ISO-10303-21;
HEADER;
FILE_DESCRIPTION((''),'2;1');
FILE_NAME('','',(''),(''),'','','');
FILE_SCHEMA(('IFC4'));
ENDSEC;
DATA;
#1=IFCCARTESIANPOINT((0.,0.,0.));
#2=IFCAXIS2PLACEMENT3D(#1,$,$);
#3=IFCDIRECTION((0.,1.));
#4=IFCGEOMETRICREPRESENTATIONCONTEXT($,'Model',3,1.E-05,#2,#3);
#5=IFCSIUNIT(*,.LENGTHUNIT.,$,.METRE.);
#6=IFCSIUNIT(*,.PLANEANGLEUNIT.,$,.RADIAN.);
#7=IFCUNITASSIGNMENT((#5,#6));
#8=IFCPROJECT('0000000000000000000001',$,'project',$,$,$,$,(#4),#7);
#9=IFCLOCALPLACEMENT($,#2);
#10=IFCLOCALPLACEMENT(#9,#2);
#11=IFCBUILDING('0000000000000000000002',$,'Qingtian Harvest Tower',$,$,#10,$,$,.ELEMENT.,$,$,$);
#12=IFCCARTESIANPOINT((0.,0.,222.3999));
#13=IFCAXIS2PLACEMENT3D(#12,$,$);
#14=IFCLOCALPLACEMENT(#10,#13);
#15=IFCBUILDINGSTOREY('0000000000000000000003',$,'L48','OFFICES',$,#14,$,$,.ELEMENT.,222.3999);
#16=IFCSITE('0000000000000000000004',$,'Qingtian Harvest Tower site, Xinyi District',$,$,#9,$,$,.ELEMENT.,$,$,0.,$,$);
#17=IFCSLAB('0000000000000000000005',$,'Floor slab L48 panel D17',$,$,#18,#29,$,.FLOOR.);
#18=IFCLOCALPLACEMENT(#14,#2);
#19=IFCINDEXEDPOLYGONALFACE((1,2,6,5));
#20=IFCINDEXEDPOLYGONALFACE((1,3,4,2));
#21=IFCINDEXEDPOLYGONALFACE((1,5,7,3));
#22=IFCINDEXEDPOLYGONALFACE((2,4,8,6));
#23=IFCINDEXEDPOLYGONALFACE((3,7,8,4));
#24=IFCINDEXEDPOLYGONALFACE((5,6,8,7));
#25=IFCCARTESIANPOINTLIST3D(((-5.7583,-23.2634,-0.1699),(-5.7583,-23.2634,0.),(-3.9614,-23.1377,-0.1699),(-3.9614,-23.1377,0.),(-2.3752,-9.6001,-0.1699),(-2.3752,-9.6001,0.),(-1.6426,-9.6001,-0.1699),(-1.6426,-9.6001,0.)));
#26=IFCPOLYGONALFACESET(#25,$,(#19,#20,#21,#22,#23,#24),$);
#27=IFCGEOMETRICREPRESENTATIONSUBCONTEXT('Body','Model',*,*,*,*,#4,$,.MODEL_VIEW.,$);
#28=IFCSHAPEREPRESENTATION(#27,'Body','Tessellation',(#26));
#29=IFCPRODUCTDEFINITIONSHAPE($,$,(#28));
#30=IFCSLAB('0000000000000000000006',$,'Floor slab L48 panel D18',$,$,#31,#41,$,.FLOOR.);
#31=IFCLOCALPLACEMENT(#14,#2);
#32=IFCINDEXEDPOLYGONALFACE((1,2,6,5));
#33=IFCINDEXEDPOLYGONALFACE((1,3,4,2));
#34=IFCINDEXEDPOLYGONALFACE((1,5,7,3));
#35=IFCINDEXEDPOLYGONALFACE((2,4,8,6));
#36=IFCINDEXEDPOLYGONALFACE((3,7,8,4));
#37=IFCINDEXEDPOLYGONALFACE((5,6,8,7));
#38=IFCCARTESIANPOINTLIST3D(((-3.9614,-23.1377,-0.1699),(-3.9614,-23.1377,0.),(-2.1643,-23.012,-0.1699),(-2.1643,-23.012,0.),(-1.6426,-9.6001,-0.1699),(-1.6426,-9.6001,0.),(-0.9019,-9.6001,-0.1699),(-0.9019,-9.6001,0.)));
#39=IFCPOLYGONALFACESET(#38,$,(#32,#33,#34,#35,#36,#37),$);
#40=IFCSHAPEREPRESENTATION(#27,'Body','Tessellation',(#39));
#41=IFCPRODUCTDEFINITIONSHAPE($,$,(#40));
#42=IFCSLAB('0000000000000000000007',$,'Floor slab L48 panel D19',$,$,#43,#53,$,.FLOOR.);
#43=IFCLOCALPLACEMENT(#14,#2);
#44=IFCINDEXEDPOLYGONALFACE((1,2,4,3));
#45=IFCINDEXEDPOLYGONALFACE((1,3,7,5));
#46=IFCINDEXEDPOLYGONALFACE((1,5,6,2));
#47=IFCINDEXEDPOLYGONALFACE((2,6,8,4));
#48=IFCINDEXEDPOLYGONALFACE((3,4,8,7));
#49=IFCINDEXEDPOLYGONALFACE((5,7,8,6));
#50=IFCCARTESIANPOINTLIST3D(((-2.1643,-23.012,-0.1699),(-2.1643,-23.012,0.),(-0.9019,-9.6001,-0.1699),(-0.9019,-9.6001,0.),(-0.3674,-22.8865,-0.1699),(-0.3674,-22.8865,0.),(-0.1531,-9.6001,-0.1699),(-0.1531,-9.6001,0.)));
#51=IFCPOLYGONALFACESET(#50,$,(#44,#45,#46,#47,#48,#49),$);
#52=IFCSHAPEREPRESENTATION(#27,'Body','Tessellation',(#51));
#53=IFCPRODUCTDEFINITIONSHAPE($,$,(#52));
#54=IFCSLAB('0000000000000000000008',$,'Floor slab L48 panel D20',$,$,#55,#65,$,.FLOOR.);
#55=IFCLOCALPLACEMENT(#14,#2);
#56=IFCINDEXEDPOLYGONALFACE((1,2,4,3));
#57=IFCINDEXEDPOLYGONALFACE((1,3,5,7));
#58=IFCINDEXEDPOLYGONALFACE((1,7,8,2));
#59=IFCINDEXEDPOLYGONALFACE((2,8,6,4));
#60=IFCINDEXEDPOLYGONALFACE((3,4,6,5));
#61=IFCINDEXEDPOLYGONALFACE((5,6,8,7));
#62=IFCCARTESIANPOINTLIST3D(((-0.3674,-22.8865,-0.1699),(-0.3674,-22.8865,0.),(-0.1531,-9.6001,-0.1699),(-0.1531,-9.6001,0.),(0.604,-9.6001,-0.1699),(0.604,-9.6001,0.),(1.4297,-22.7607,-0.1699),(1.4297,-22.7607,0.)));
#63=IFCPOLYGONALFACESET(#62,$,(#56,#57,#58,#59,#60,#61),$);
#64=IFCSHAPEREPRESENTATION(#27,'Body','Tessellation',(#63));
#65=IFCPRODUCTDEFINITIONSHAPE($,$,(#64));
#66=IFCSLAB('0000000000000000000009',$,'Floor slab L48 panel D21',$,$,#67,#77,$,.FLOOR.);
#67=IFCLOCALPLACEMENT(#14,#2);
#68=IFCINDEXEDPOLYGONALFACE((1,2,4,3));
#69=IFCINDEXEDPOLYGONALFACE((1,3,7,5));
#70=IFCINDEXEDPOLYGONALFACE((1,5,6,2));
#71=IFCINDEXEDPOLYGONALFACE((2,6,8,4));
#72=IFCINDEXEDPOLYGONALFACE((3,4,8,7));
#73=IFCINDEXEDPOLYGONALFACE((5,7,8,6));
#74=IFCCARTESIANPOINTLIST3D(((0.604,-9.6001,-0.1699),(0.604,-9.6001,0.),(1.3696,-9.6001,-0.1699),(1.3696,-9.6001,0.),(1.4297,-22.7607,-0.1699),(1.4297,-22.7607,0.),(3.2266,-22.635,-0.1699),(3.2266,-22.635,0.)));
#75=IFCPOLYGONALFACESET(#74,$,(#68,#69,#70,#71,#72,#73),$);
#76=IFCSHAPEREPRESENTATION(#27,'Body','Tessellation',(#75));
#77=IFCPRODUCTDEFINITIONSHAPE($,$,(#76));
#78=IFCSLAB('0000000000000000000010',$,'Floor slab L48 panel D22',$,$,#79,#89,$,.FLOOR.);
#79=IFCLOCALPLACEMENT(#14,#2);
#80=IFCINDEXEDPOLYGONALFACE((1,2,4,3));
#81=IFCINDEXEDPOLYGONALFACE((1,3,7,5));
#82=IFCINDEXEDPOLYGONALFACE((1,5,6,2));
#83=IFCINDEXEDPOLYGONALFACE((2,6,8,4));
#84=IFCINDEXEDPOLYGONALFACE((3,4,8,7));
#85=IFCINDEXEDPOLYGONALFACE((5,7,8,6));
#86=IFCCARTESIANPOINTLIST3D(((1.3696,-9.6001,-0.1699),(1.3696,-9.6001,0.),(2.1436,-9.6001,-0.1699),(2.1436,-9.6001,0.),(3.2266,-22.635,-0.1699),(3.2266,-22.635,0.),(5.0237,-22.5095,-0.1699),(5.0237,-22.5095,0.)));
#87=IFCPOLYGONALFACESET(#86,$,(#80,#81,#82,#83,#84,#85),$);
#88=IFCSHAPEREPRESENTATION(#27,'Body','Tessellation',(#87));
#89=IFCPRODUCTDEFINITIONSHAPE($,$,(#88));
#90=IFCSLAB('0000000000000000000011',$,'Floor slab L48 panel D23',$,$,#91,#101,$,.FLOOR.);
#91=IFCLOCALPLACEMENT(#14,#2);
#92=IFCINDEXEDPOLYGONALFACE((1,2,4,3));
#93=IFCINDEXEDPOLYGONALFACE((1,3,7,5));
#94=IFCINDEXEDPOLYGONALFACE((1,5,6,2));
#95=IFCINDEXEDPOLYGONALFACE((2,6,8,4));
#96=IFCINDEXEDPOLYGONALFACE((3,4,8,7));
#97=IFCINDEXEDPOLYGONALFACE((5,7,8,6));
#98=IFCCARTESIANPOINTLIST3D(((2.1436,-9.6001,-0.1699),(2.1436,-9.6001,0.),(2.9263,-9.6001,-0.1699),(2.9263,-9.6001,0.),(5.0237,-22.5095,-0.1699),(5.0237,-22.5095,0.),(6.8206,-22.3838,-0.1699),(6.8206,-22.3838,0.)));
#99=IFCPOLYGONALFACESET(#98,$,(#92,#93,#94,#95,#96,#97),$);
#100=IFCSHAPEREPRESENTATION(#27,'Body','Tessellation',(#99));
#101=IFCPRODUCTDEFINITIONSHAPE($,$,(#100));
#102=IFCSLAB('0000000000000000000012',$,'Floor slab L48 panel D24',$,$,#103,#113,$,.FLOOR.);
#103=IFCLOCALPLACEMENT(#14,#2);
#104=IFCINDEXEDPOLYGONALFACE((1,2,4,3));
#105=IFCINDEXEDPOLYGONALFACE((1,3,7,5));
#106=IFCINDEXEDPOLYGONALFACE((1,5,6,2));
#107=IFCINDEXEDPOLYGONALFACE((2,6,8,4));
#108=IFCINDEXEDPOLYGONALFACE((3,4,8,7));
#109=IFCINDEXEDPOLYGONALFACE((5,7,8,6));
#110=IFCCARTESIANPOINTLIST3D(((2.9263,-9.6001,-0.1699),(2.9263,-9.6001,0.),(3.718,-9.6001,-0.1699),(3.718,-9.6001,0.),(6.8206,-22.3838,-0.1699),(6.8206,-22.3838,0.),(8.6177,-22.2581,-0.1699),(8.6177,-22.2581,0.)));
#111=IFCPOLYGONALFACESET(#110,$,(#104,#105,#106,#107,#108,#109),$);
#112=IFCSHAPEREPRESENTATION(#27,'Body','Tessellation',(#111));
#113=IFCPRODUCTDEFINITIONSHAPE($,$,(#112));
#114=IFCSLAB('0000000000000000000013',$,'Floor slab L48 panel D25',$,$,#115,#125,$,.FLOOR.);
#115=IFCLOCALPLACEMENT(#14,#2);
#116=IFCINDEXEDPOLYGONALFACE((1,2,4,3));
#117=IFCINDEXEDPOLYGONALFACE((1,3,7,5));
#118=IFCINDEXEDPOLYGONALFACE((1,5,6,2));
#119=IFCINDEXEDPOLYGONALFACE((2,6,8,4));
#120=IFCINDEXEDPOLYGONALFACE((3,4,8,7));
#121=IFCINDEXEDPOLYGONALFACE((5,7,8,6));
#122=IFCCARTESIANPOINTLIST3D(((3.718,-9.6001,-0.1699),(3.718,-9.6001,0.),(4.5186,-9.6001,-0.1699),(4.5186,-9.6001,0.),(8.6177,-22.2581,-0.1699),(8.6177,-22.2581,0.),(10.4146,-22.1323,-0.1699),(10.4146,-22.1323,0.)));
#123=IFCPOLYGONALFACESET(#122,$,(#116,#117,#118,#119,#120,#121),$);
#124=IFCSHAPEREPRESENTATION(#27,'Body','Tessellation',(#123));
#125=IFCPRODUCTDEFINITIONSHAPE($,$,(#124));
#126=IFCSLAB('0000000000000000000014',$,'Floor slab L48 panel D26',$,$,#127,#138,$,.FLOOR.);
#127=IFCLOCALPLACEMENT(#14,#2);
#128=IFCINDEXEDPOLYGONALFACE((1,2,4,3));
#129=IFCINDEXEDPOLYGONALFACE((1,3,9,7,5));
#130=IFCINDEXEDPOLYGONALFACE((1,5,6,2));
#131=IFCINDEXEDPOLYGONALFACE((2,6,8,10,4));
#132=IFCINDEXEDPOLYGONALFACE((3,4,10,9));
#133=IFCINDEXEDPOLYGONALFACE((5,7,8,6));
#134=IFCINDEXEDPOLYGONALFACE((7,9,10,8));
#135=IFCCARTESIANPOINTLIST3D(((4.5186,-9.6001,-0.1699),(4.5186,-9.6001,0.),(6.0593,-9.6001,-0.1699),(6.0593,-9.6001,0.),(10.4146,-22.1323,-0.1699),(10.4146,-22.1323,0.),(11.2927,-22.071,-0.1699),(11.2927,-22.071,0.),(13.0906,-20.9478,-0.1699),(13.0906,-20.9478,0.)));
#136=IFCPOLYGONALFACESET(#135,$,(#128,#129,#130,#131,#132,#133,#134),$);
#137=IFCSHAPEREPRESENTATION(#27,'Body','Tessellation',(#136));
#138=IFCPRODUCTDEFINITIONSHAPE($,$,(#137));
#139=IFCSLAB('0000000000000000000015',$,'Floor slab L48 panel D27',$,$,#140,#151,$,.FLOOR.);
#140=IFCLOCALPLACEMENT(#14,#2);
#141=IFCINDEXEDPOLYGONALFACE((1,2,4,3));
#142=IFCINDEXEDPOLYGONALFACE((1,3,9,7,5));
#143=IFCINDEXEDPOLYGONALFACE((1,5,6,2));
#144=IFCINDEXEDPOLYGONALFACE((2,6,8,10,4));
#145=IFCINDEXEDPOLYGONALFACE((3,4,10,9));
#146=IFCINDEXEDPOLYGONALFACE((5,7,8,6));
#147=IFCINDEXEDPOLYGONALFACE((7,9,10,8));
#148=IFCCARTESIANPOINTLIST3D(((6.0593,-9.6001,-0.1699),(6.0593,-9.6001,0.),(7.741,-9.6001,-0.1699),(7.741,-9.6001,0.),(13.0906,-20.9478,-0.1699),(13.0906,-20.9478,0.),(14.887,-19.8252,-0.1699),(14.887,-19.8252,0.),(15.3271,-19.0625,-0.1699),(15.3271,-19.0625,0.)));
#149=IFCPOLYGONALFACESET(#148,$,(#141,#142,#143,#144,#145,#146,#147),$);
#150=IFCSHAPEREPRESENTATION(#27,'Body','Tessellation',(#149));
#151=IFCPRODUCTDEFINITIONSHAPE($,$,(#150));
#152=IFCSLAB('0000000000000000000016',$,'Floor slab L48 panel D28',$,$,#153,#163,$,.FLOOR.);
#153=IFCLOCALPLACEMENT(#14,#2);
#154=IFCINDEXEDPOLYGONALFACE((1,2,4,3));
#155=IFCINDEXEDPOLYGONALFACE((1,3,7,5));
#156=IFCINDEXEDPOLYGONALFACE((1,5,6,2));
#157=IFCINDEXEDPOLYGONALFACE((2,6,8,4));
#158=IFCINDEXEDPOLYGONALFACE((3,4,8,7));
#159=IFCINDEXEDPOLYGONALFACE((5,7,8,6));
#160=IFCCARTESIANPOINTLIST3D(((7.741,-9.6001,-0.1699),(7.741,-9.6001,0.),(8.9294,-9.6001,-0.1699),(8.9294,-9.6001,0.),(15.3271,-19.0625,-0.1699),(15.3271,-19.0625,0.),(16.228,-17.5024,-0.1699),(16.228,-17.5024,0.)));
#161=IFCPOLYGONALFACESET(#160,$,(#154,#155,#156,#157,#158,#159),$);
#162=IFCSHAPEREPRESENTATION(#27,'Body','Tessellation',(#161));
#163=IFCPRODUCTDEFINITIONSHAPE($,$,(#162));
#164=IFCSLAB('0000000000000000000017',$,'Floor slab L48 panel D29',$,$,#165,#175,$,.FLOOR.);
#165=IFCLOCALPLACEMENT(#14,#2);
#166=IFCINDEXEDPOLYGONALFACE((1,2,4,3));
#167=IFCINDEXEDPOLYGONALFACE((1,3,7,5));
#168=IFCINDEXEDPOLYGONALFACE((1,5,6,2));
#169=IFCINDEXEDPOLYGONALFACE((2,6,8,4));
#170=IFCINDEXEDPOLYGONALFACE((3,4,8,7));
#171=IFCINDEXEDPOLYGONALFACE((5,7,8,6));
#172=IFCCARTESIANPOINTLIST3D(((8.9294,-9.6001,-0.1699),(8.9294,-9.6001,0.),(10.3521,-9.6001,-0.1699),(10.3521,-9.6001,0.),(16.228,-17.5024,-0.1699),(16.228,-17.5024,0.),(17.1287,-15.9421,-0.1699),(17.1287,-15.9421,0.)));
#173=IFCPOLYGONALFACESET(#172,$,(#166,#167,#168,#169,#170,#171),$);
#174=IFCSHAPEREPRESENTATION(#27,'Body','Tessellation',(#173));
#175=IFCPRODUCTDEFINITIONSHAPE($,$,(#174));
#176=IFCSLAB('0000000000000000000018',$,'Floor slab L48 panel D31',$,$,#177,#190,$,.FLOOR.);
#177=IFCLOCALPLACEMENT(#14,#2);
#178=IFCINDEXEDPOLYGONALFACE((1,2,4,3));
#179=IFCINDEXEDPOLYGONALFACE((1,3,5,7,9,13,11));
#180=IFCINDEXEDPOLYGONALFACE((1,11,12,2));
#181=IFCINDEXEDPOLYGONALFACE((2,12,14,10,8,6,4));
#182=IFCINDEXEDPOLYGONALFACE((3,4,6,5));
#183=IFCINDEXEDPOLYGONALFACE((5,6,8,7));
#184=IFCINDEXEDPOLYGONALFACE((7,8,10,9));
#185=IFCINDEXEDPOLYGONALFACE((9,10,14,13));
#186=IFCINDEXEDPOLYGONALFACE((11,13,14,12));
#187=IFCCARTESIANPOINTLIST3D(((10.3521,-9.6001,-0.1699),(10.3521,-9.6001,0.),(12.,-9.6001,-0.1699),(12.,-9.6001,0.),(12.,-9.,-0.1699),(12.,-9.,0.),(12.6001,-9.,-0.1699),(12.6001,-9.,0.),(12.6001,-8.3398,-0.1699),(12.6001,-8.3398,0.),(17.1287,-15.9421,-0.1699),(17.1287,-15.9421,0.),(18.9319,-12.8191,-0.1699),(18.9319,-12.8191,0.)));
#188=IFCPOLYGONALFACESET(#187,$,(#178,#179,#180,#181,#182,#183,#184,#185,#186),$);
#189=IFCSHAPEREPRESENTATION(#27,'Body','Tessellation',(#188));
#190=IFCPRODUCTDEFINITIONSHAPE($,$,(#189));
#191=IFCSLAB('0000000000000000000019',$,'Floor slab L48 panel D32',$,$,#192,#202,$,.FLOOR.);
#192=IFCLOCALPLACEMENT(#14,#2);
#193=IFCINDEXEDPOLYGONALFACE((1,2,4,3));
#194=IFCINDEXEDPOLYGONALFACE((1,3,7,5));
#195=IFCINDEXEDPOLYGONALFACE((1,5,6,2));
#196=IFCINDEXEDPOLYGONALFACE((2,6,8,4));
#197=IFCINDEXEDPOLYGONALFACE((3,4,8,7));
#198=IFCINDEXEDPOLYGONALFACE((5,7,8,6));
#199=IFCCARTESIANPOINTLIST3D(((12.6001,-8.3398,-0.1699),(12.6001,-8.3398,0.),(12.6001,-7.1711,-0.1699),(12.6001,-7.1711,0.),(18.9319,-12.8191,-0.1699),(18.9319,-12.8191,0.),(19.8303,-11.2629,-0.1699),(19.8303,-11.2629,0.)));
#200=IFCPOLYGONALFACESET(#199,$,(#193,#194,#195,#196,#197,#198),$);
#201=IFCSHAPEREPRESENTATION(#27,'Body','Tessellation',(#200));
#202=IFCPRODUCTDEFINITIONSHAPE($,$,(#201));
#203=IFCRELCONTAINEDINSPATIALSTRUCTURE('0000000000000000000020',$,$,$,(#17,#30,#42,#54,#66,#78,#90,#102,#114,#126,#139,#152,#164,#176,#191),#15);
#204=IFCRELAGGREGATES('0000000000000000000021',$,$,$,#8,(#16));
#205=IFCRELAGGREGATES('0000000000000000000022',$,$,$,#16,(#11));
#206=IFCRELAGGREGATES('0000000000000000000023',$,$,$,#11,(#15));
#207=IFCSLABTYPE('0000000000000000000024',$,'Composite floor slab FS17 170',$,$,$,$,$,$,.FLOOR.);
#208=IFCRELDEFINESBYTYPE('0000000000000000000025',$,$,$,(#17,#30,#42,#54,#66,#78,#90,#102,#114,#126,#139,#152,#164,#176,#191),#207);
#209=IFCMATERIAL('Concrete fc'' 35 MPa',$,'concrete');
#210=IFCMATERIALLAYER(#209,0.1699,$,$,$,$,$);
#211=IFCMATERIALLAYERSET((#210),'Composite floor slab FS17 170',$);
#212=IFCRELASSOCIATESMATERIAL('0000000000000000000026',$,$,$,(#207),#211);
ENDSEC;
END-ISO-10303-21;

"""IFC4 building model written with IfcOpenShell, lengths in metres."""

from ifc_helpers import new_model, si_unit, direction, frame, origin, place, context, subcontext, project, spatial, polyline, outline, extrude, material, layer, layer_set, type_object, element, save


model = new_model("IFC4")

# Units and contexts
model_context = context("Model", 3, precision=1e-05, world=origin(), true_north=direction((0.0, 1.0)))
body_context = subcontext(model_context, "Body", "Model", "MODEL_VIEW")
ifc_project = project(units=[si_unit("LENGTHUNIT", "METRE"), si_unit("PLANEANGLEUNIT", "RADIAN")], contexts=[model_context])

# Site, building, storey
site_placement = place(None, origin())
site = spatial("IfcSite", under=ifc_project, at=site_placement, Name="Qingtian Harvest Tower site, Xinyi District", CompositionType="ELEMENT", RefElevation=0.0)
building_placement = place(site_placement, origin())
building = spatial("IfcBuilding", under=site, at=building_placement, Name="Qingtian Harvest Tower", CompositionType="ELEMENT")
storey_placement = place(building_placement, frame((0.0, 0.0, 222.3999)))
storey = spatial("IfcBuildingStorey", under=building, at=storey_placement, Name="L48", Description="OFFICES", CompositionType="ELEMENT", Elevation=222.3999)

# Slabs
ifc_material_1 = material(Name="Concrete fc' 35 MPa", Category="concrete")
ifc_layer_1 = layer(ifc_material_1, 0.1699)
ifc_layer_set_1 = layer_set([ifc_layer_1], Name="Composite floor slab FS17 170")
slab_type = type_object("IfcSlabType", Name="Composite floor slab FS17 170", PredefinedType="FLOOR", material=ifc_layer_set_1)
slab_1_placement = place(storey_placement, frame((0.0, 0.0, -0.1699)))
element("IfcSlab", 1, at=slab_1_placement, inside=storey, type_object=slab_type, Name="Floor slab L48 panel D17", PredefinedType="FLOOR", context=body_context, shape_type="SweptSolid", body=[
    extrude(outline(polyline([(-1.6426, -9.6001), (-3.9614, -23.1377), (-5.7583, -23.2634), (-2.3752, -9.6001), (-1.6426, -9.6001)])), origin(), (0.0, 0.0, 1.0), 0.1699),
])
slab_2_placement = place(storey_placement, frame((0.0, 0.0, -0.1699)))
element("IfcSlab", 2, at=slab_2_placement, inside=storey, type_object=slab_type, Name="Floor slab L48 panel D18", PredefinedType="FLOOR", context=body_context, shape_type="SweptSolid", body=[
    extrude(outline(polyline([(-0.9019, -9.6001), (-2.1643, -23.012), (-3.9614, -23.1377), (-1.6426, -9.6001), (-0.9019, -9.6001)])), origin(), (0.0, 0.0, 1.0), 0.1699),
])
slab_3_placement = place(storey_placement, frame((0.0, 0.0, -0.1699)))
element("IfcSlab", 3, at=slab_3_placement, inside=storey, type_object=slab_type, Name="Floor slab L48 panel D19", PredefinedType="FLOOR", context=body_context, shape_type="SweptSolid", body=[
    extrude(outline(polyline([(-0.1531, -9.6001), (-0.3674, -22.8865), (-2.1643, -23.012), (-0.9019, -9.6001), (-0.1531, -9.6001)])), origin(), (0.0, 0.0, 1.0), 0.1699),
])
slab_4_placement = place(storey_placement, frame((0.0, 0.0, -0.1699)))
element("IfcSlab", 4, at=slab_4_placement, inside=storey, type_object=slab_type, Name="Floor slab L48 panel D20", PredefinedType="FLOOR", context=body_context, shape_type="SweptSolid", body=[
    extrude(outline(polyline([(0.604, -9.6001), (1.4297, -22.7607), (-0.3674, -22.8865), (-0.1531, -9.6001), (0.604, -9.6001)])), origin(), (0.0, 0.0, 1.0), 0.1699),
])
slab_5_placement = place(storey_placement, frame((0.0, 0.0, -0.1699)))
element("IfcSlab", 5, at=slab_5_placement, inside=storey, type_object=slab_type, Name="Floor slab L48 panel D21", PredefinedType="FLOOR", context=body_context, shape_type="SweptSolid", body=[
    extrude(outline(polyline([(1.3696, -9.6001), (3.2266, -22.635), (1.4297, -22.7607), (0.604, -9.6001), (1.3696, -9.6001)])), origin(), (0.0, 0.0, 1.0), 0.1699),
])
slab_6_placement = place(storey_placement, frame((0.0, 0.0, -0.1699)))
element("IfcSlab", 6, at=slab_6_placement, inside=storey, type_object=slab_type, Name="Floor slab L48 panel D22", PredefinedType="FLOOR", context=body_context, shape_type="SweptSolid", body=[
    extrude(outline(polyline([(2.1436, -9.6001), (5.0237, -22.5095), (3.2266, -22.635), (1.3696, -9.6001), (2.1436, -9.6001)])), origin(), (0.0, 0.0, 1.0), 0.1699),
])
slab_7_placement = place(storey_placement, frame((0.0, 0.0, -0.1699)))
element("IfcSlab", 7, at=slab_7_placement, inside=storey, type_object=slab_type, Name="Floor slab L48 panel D23", PredefinedType="FLOOR", context=body_context, shape_type="SweptSolid", body=[
    extrude(outline(polyline([(2.9263, -9.6001), (6.8206, -22.3838), (5.0237, -22.5095), (2.1436, -9.6001), (2.9263, -9.6001)])), origin(), (0.0, 0.0, 1.0), 0.1699),
])
slab_8_placement = place(storey_placement, frame((0.0, 0.0, -0.1699)))
element("IfcSlab", 8, at=slab_8_placement, inside=storey, type_object=slab_type, Name="Floor slab L48 panel D24", PredefinedType="FLOOR", context=body_context, shape_type="SweptSolid", body=[
    extrude(outline(polyline([(3.718, -9.6001), (8.6177, -22.2581), (6.8206, -22.3838), (2.9263, -9.6001), (3.718, -9.6001)])), origin(), (0.0, 0.0, 1.0), 0.1699),
])
slab_9_placement = place(storey_placement, frame((0.0, 0.0, -0.1699)))
element("IfcSlab", 9, at=slab_9_placement, inside=storey, type_object=slab_type, Name="Floor slab L48 panel D25", PredefinedType="FLOOR", context=body_context, shape_type="SweptSolid", body=[
    extrude(outline(polyline([(4.5186, -9.6001), (10.4146, -22.1323), (8.6177, -22.2581), (3.718, -9.6001), (4.5186, -9.6001)])), origin(), (0.0, 0.0, 1.0), 0.1699),
])
slab_10_placement = place(storey_placement, frame((0.0, 0.0, -0.1699)))
element("IfcSlab", 10, at=slab_10_placement, inside=storey, type_object=slab_type, Name="Floor slab L48 panel D26", PredefinedType="FLOOR", context=body_context, shape_type="SweptSolid", body=[
    extrude(outline(polyline([(4.5186, -9.6001), (6.0593, -9.6001), (13.0906, -20.9478), (11.2927, -22.071), (10.4146, -22.1323), (4.5186, -9.6001)])), origin(), (0.0, 0.0, 1.0), 0.1699),
])
slab_11_placement = place(storey_placement, frame((0.0, 0.0, -0.1699)))
element("IfcSlab", 11, at=slab_11_placement, inside=storey, type_object=slab_type, Name="Floor slab L48 panel D27", PredefinedType="FLOOR", context=body_context, shape_type="SweptSolid", body=[
    extrude(outline(polyline([(6.0593, -9.6001), (7.741, -9.6001), (15.3271, -19.0625), (14.887, -19.8252), (13.0906, -20.9478), (6.0593, -9.6001)])), origin(), (0.0, 0.0, 1.0), 0.1699),
])
slab_12_placement = place(storey_placement, frame((0.0, 0.0, -0.1699)))
element("IfcSlab", 12, at=slab_12_placement, inside=storey, type_object=slab_type, Name="Floor slab L48 panel D28", PredefinedType="FLOOR", context=body_context, shape_type="SweptSolid", body=[
    extrude(outline(polyline([(8.9294, -9.6001), (16.228, -17.5024), (15.3271, -19.0625), (7.741, -9.6001), (8.9294, -9.6001)])), origin(), (0.0, 0.0, 1.0), 0.1699),
])
slab_13_placement = place(storey_placement, frame((0.0, 0.0, -0.1699)))
element("IfcSlab", 13, at=slab_13_placement, inside=storey, type_object=slab_type, Name="Floor slab L48 panel D29", PredefinedType="FLOOR", context=body_context, shape_type="SweptSolid", body=[
    extrude(outline(polyline([(10.3521, -9.6001), (17.1287, -15.9421), (16.228, -17.5024), (8.9294, -9.6001), (10.3521, -9.6001)])), origin(), (0.0, 0.0, 1.0), 0.1699),
])
slab_14_placement = place(storey_placement, frame((0.0, 0.0, -0.1699)))
element("IfcSlab", 14, at=slab_14_placement, inside=storey, type_object=slab_type, Name="Floor slab L48 panel D31", PredefinedType="FLOOR", context=body_context, shape_type="SweptSolid", body=[
    extrude(outline(polyline([(12.6001, -8.3398), (18.9319, -12.8191), (17.1287, -15.9421), (10.3521, -9.6001), (12.0, -9.6001), (12.0, -9.0), (12.6001, -9.0), (12.6001, -8.3398)])), origin(), (0.0, 0.0, 1.0), 0.1699),
])
slab_15_placement = place(storey_placement, frame((0.0, 0.0, -0.1699)))
element("IfcSlab", 15, at=slab_15_placement, inside=storey, type_object=slab_type, Name="Floor slab L48 panel D32", PredefinedType="FLOOR", context=body_context, shape_type="SweptSolid", body=[
    extrude(outline(polyline([(12.6001, -7.1711), (19.8303, -11.2629), (18.9319, -12.8191), (12.6001, -8.3398), (12.6001, -7.1711)])), origin(), (0.0, 0.0, 1.0), 0.1699),
])

save(model, "model.ifc")
